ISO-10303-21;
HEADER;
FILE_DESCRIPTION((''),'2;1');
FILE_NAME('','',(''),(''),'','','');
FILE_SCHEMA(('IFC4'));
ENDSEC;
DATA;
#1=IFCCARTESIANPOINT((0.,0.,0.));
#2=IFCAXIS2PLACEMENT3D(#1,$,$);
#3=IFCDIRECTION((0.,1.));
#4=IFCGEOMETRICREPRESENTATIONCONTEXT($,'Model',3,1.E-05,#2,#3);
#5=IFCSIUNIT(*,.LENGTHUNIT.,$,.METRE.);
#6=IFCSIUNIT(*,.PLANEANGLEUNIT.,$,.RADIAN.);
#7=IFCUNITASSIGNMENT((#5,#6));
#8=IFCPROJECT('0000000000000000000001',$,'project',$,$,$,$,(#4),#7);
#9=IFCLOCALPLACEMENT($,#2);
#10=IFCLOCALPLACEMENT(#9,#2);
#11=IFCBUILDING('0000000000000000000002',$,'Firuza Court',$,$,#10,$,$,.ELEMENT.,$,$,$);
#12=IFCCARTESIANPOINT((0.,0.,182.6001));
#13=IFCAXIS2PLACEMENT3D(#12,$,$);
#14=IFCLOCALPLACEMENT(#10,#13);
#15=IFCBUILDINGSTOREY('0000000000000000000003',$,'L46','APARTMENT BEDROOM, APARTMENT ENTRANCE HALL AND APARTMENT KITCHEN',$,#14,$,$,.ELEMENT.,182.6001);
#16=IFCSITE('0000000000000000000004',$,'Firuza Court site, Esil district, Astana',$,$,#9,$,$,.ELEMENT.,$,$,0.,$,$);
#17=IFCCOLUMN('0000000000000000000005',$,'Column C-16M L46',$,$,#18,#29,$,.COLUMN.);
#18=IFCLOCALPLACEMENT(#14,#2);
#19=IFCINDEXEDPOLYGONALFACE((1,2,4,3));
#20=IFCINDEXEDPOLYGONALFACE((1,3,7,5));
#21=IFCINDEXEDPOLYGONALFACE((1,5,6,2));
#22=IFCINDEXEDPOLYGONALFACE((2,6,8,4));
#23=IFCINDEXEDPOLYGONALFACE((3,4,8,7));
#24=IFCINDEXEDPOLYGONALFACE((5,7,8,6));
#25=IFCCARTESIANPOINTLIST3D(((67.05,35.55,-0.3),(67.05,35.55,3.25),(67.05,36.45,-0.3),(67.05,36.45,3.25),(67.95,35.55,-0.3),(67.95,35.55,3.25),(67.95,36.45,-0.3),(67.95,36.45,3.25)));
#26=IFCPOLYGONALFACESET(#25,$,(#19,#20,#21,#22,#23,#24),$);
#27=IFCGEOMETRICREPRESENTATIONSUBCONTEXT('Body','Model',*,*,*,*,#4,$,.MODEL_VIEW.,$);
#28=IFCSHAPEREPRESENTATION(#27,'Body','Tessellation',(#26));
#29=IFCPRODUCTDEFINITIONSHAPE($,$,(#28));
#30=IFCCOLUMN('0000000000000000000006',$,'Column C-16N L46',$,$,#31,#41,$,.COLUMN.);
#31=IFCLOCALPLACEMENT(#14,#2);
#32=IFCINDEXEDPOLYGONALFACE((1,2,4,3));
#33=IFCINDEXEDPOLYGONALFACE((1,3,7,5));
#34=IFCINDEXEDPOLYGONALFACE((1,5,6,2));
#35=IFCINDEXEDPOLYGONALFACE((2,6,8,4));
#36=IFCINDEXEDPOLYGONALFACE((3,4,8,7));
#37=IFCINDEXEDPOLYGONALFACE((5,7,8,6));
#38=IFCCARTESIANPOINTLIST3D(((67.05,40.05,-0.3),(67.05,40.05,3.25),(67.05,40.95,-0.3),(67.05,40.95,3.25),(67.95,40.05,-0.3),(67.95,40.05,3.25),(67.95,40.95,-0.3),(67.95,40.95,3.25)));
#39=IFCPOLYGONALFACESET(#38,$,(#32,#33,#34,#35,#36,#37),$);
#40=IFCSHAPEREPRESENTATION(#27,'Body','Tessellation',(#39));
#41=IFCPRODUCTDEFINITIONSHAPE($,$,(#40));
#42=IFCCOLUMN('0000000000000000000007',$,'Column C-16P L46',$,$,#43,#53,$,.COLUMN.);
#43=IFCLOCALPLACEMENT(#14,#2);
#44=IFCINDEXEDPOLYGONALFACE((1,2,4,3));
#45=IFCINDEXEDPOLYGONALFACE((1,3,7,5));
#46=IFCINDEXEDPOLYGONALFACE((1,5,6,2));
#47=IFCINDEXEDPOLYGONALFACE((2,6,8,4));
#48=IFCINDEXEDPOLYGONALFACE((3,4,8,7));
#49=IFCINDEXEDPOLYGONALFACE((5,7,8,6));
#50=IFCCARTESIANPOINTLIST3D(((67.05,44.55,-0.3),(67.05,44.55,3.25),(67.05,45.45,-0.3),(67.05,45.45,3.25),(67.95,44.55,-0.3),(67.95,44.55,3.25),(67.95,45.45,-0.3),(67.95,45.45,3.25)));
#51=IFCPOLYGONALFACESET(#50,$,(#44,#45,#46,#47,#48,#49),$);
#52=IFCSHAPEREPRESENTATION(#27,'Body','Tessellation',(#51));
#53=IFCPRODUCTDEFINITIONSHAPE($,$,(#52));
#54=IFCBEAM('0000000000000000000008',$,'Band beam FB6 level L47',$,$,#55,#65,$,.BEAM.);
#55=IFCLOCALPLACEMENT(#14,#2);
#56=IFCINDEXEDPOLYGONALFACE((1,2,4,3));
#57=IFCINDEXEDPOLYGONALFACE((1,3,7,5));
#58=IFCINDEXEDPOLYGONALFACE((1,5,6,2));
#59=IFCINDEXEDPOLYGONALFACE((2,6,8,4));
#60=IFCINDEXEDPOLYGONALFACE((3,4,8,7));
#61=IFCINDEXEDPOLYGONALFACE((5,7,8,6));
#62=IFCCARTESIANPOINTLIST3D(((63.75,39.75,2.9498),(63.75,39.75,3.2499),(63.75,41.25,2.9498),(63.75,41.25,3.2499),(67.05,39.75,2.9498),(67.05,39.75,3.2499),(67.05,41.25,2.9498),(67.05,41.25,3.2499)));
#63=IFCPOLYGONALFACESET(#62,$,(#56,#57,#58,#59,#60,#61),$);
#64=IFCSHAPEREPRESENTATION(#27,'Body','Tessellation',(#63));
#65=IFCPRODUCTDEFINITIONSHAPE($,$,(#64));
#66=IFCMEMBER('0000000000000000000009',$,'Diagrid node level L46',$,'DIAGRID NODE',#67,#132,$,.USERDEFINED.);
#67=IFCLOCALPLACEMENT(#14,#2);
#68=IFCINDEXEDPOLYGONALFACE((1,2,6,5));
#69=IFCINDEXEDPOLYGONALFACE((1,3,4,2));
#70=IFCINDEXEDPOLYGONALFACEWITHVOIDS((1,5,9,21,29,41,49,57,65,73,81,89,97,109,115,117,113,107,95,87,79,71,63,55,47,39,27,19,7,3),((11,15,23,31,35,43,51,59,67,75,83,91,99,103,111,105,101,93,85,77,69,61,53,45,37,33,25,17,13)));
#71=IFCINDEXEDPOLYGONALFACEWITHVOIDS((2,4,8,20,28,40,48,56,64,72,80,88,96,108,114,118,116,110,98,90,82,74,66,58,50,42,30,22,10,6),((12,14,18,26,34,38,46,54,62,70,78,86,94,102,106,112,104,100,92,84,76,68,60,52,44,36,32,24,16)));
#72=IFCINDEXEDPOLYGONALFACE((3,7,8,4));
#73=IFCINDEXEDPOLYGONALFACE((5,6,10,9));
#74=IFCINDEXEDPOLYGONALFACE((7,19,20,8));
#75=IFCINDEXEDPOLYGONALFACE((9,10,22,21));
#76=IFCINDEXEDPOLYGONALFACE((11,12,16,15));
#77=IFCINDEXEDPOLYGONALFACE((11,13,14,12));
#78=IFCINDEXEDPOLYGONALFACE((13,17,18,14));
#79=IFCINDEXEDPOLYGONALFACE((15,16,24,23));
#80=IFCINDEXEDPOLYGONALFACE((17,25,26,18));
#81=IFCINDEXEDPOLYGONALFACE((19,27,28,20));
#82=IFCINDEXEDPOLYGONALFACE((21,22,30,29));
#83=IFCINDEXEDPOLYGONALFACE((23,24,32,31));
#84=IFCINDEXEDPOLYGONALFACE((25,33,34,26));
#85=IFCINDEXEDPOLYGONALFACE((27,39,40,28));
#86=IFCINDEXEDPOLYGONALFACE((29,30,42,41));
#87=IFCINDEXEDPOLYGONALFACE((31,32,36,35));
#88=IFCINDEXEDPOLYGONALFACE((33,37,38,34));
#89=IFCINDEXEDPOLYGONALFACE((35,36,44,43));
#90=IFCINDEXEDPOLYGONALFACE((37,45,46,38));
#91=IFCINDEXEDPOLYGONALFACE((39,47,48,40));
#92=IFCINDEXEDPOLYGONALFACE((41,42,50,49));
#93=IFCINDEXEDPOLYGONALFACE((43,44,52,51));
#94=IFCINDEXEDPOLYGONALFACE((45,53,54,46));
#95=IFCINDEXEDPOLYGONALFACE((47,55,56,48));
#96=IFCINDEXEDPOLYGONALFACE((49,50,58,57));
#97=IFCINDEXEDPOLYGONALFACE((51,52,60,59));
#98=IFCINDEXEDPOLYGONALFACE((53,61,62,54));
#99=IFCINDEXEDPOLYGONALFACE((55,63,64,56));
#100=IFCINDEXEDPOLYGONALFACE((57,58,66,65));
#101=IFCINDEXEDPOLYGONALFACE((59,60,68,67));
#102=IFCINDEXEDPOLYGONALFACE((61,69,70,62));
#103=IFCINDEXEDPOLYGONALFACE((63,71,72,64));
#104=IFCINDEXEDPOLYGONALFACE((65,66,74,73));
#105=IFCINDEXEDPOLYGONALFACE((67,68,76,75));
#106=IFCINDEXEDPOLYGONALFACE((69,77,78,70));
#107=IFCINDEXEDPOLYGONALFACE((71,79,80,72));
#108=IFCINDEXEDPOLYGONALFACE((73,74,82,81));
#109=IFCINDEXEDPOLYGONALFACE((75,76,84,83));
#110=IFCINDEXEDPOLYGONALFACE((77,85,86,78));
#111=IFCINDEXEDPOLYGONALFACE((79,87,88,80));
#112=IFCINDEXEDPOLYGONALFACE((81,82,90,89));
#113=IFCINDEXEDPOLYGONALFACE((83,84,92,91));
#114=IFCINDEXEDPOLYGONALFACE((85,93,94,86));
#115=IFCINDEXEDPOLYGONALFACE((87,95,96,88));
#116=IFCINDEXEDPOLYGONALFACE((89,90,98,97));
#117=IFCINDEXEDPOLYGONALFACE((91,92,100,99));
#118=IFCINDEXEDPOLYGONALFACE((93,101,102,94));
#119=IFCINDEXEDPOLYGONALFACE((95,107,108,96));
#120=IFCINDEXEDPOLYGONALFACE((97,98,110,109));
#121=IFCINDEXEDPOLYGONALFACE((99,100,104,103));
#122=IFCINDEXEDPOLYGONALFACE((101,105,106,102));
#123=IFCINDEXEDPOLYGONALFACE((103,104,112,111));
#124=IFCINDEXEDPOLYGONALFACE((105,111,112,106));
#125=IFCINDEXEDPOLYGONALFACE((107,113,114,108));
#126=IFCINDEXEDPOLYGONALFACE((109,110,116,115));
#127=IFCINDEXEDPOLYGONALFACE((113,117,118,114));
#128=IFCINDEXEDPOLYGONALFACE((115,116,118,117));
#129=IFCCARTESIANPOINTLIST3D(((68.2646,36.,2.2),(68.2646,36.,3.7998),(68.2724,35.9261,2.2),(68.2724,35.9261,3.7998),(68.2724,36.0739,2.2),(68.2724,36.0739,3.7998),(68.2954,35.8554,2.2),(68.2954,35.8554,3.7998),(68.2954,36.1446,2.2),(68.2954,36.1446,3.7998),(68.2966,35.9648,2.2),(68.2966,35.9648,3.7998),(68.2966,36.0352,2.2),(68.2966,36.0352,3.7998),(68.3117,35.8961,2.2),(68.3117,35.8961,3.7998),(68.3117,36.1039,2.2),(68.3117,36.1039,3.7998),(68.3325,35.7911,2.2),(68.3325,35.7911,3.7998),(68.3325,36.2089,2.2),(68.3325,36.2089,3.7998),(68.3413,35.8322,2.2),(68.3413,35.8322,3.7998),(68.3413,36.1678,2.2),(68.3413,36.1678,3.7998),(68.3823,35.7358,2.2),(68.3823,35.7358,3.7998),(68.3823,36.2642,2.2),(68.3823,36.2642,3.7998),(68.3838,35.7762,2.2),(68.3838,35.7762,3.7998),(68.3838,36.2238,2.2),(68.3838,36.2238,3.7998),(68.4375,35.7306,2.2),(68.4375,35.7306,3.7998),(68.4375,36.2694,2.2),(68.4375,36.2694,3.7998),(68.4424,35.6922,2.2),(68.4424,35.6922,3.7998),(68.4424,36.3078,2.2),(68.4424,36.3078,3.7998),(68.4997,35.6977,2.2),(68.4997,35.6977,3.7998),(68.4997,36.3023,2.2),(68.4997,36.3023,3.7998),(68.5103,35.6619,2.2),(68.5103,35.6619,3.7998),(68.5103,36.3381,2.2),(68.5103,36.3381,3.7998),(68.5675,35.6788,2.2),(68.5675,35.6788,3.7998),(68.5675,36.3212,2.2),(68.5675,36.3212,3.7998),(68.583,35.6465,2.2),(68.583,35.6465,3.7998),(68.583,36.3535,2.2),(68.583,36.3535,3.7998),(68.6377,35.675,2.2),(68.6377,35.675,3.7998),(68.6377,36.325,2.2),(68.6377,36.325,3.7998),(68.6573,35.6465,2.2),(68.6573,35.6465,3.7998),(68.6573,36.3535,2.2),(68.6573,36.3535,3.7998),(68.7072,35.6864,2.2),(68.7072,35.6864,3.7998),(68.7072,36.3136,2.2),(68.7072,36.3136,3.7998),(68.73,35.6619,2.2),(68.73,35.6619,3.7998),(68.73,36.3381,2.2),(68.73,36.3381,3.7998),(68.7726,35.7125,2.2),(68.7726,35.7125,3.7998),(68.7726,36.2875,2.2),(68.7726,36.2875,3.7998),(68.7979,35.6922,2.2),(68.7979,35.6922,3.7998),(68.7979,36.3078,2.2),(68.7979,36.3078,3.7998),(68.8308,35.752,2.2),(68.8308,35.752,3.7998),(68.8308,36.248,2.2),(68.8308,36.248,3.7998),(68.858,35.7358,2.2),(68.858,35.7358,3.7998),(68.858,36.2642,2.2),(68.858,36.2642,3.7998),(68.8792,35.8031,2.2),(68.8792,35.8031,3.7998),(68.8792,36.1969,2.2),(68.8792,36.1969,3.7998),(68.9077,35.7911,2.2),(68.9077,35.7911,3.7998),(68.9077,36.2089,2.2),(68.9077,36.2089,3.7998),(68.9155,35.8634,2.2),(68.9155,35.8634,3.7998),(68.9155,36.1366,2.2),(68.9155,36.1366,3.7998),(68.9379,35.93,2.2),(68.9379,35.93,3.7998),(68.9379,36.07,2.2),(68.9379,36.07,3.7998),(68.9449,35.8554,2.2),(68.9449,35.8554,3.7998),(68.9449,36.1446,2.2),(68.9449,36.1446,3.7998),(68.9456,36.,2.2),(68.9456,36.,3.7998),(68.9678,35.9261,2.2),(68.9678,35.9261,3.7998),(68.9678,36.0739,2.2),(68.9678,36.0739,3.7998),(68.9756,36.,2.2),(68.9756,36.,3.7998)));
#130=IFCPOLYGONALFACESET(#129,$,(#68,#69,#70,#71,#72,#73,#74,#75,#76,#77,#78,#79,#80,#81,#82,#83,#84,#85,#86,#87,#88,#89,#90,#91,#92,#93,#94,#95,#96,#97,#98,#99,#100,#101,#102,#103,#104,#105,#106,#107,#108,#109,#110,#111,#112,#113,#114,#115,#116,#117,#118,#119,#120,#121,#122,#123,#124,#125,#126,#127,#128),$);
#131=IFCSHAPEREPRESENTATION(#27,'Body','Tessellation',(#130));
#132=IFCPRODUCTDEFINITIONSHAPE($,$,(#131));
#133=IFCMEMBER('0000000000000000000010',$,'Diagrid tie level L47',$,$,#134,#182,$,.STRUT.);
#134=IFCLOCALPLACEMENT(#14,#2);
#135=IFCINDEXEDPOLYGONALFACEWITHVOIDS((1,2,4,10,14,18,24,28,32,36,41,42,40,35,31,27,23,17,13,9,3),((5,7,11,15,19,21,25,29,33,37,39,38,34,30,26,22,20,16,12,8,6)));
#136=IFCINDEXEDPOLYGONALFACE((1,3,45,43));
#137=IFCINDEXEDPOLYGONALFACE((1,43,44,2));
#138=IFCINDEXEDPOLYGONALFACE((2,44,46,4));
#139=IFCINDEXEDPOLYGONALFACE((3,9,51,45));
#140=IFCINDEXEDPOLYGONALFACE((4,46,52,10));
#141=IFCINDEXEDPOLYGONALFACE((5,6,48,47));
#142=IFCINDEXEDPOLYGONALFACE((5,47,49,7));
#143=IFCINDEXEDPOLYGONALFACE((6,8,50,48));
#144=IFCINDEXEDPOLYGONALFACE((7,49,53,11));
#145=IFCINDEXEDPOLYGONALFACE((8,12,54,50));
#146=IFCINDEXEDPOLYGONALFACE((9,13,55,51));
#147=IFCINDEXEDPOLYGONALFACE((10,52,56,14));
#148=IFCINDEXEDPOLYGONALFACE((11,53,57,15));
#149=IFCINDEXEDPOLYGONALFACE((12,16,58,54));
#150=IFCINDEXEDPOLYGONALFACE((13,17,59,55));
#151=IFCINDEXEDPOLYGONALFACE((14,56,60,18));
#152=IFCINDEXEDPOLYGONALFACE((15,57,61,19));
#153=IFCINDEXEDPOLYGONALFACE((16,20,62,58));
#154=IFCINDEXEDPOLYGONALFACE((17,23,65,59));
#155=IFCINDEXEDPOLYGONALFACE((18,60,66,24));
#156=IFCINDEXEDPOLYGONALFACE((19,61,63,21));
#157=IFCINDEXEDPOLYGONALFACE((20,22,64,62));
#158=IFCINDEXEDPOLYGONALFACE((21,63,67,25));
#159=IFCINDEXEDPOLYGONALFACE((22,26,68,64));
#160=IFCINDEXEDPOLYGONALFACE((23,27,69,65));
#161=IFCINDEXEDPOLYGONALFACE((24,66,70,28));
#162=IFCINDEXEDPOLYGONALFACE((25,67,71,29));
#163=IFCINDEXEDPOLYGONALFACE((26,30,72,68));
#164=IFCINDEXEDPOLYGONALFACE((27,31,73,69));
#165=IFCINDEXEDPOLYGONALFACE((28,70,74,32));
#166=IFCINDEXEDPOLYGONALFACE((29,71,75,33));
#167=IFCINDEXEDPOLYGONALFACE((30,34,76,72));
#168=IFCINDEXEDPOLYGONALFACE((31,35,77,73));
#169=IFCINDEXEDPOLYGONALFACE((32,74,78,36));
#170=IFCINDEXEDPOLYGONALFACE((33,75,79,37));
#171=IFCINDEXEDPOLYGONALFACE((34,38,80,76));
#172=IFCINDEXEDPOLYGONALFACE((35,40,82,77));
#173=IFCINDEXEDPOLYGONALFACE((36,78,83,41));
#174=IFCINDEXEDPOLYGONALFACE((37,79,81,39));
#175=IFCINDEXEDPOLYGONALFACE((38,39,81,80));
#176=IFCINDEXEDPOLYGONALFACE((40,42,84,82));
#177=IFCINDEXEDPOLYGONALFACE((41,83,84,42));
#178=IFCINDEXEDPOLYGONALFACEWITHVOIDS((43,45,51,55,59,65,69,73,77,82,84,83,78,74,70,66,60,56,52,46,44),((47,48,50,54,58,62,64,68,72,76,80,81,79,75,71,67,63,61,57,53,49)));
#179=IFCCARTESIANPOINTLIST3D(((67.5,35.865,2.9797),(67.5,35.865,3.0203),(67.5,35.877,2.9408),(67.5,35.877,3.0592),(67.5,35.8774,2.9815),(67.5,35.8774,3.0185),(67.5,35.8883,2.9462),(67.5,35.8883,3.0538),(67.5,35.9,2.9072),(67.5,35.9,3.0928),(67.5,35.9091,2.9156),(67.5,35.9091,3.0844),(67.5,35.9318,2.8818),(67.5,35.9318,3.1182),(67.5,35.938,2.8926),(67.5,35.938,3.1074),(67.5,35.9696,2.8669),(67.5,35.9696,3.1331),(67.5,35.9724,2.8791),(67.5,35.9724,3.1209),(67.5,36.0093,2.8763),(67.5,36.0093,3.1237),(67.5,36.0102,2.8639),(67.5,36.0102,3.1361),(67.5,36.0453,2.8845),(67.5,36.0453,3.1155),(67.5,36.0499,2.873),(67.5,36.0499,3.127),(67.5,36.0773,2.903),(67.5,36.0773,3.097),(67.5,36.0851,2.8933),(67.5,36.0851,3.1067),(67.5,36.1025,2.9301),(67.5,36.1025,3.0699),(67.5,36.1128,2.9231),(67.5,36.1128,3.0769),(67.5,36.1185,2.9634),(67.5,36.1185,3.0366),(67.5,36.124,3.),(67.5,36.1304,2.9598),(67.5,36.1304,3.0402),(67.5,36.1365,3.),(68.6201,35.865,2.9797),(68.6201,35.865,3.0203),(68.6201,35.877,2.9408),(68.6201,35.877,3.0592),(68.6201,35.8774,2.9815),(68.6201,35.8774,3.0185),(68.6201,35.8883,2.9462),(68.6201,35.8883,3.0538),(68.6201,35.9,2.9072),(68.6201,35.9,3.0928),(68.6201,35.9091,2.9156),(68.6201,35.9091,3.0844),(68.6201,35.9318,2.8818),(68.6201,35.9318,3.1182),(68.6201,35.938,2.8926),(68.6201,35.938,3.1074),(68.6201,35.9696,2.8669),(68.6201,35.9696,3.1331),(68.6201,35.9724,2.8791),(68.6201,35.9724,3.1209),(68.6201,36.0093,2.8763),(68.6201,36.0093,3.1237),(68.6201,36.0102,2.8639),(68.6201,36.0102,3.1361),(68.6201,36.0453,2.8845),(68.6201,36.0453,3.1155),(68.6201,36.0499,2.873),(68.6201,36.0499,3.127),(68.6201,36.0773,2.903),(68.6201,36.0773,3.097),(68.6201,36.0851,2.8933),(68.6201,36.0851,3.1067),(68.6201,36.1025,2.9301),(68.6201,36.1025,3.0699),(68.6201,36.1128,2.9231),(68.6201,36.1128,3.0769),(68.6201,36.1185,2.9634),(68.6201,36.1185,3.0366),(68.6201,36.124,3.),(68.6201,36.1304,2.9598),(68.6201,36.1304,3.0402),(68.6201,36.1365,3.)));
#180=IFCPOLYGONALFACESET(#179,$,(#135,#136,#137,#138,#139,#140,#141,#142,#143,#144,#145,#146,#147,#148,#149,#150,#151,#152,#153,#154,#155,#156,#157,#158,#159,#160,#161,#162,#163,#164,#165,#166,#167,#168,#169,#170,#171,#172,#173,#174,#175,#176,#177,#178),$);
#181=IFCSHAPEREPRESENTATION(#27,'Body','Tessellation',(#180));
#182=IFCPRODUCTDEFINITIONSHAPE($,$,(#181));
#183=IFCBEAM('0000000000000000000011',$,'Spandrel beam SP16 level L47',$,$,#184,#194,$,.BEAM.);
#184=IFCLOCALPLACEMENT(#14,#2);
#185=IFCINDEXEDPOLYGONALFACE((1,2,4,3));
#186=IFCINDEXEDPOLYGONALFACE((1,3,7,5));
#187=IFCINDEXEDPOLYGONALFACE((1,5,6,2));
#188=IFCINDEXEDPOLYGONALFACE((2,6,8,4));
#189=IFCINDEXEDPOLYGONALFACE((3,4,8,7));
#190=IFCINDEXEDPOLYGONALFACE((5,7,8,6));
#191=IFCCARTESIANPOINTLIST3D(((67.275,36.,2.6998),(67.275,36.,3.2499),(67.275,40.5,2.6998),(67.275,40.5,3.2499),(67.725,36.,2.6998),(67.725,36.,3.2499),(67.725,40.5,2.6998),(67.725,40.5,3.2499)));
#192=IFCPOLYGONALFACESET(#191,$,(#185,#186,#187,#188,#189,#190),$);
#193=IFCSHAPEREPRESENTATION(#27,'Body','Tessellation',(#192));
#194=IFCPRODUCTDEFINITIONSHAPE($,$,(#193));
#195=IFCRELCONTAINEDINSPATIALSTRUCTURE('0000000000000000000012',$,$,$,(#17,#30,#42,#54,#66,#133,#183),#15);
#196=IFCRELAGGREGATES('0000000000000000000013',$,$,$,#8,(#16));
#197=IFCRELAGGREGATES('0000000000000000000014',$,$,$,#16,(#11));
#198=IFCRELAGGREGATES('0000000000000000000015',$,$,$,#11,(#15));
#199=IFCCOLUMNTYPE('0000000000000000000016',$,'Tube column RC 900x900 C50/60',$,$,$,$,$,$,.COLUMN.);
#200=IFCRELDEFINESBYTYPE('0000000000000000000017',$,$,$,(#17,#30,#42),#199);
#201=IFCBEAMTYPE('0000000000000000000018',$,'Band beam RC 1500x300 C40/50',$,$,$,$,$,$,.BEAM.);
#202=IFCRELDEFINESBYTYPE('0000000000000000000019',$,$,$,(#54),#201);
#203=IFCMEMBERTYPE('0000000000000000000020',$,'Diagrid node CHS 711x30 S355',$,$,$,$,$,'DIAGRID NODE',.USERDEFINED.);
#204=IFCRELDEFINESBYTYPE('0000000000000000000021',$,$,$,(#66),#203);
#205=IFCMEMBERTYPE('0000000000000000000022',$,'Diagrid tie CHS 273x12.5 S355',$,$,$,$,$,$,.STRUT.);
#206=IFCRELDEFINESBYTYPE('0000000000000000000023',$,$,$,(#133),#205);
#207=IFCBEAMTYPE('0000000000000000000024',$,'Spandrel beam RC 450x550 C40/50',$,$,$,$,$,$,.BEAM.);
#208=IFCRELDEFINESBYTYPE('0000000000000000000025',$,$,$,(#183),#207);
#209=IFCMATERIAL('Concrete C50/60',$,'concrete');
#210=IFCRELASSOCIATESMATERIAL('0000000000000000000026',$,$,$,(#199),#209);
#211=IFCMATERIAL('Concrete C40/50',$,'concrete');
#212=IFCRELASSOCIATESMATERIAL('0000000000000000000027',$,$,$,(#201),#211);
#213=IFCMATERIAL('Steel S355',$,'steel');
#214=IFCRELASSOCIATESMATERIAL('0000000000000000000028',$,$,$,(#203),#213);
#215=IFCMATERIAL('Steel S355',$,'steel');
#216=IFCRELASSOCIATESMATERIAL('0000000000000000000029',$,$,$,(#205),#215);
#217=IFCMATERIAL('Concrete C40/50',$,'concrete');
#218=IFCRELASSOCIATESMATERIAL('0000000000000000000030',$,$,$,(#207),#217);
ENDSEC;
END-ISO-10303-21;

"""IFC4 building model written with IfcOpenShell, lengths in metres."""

from ifc_helpers import new_model, si_unit, direction, frame, origin, origin_2d, place, context, subcontext, project, spatial, rectangle, hollow_circle, extrude, material, material_profile, profile_set, type_object, element, save


model = new_model("IFC4")

# Units and contexts
model_context = context("Model", 3, precision=1e-05, world=origin(), true_north=direction((0.0, 1.0)))
body_context = subcontext(model_context, "Body", "Model", "MODEL_VIEW")
ifc_project = project(units=[si_unit("LENGTHUNIT", "METRE"), si_unit("PLANEANGLEUNIT", "RADIAN")], contexts=[model_context])

# Site, building, storey
site_placement = place(None, origin())
site = spatial("IfcSite", under=ifc_project, at=site_placement, Name="Firuza Court site, Esil district, Astana", CompositionType="ELEMENT", RefElevation=0.0)
building_placement = place(site_placement, origin())
building = spatial("IfcBuilding", under=site, at=building_placement, Name="Firuza Court", CompositionType="ELEMENT")
storey_placement = place(building_placement, frame((0.0, 0.0, 182.6001)))
storey = spatial("IfcBuildingStorey", under=building, at=storey_placement, Name="L46", Description="APARTMENT BEDROOM, APARTMENT ENTRANCE HALL AND APARTMENT KITCHEN", CompositionType="ELEMENT", Elevation=182.6001)

# Columns
ifc_material_1 = material(Name="Concrete C50/60", Category="concrete")
ifc_material_profile_1 = material_profile(ifc_material_1, rectangle(XDim=0.8999, YDim=0.8999, at=origin_2d()), Name="RC 900x900")
ifc_profile_set_1 = profile_set([ifc_material_profile_1], Name="Concrete C50/60")
column_type = type_object("IfcColumnType", Name="Tube column RC 900x900 C50/60", PredefinedType="COLUMN", material=ifc_profile_set_1)
for number, where, z_axis, x_axis, name in (
    (1, (67.5, 36.0, -0.3), (0.0, 0.0, 1.0), (1.0, 0.0, 0.0), "Column C-16M L46"),
    (2, (67.5, 40.5, -0.3), (0.0, 0.0, 1.0), (1.0, 0.0, 0.0), "Column C-16N L46"),
    (3, (67.5, 45.0, -0.3), (0.0, 0.0, 1.0), (1.0, 0.0, 0.0), "Column C-16P L46"),
):
    element("IfcColumn", number, at=place(storey_placement, frame(where, z_axis=z_axis, x_axis=x_axis)), inside=storey, type_object=column_type, Name=name, PredefinedType="COLUMN", context=body_context, shape_type="SweptSolid", body=[
        extrude(rectangle(XDim=0.8999, YDim=0.8999, at=origin_2d()), origin(), (0.0, 0.0, 1.0), 3.55),
    ])

# Beam
ifc_material_2 = material(Name="Concrete C40/50", Category="concrete")
ifc_material_profile_2 = material_profile(ifc_material_2, rectangle(XDim=1.5, YDim=0.3, at=origin_2d()), Name="RC 1500x300")
ifc_profile_set_2 = profile_set([ifc_material_profile_2], Name="Concrete C40/50")
beam_type_1 = type_object("IfcBeamType", Name="Band beam RC 1500x300 C40/50", PredefinedType="BEAM", material=ifc_profile_set_2)
beam_placement = place(storey_placement, frame((63.75, 40.5, 3.0999), z_axis=(1.0, 0.0, 0.0), x_axis=(0.0, 1.0, 0.0)))
element("IfcBeam", 4, at=beam_placement, inside=storey, type_object=beam_type_1, Name="Band beam FB6 level L47", PredefinedType="BEAM", context=body_context, shape_type="SweptSolid", body=[
    extrude(rectangle(XDim=1.5, YDim=0.3, at=origin_2d()), origin(), (0.0, 0.0, 1.0), 3.3),
])

# Members
ifc_material_3 = material(Name="Steel S355", Category="steel")
ifc_material_profile_3 = material_profile(ifc_material_3, hollow_circle(Radius=0.3555, WallThickness=0.03, at=origin_2d()), Name="CHS 711x30")
ifc_profile_set_3 = profile_set([ifc_material_profile_3], Name="Steel S355")
member_type_1 = type_object("IfcMemberType", Name="Diagrid node CHS 711x30 S355", ElementType="DIAGRID NODE", PredefinedType="USERDEFINED", material=ifc_profile_set_3)
member_1_placement = place(storey_placement, frame((68.6201, 36.0, 2.2), z_axis=(0.0, 0.0, 1.0), x_axis=(1.0, 0.0, 0.0)))
element("IfcMember", 5, at=member_1_placement, inside=storey, type_object=member_type_1, Name="Diagrid node level L46", ObjectType="DIAGRID NODE", PredefinedType="USERDEFINED", context=body_context, shape_type="SweptSolid", body=[
    extrude(hollow_circle(Radius=0.3555, WallThickness=0.03, at=origin_2d()), origin(), (0.0, 0.0, 1.0), 1.5999),
])
ifc_material_4 = material(Name="Steel S355", Category="steel")
ifc_material_profile_4 = material_profile(ifc_material_4, hollow_circle(Radius=0.1365, WallThickness=0.0125, at=origin_2d()), Name="CHS 273x12.5")
ifc_profile_set_4 = profile_set([ifc_material_profile_4], Name="Steel S355")
member_type_2 = type_object("IfcMemberType", Name="Diagrid tie CHS 273x12.5 S355", PredefinedType="STRUT", material=ifc_profile_set_4)
member_2_placement = place(storey_placement, frame((67.5, 36.0, 3.0), z_axis=(1.0, 0.0, 0.0), x_axis=(0.0, 1.0, 0.0)))
element("IfcMember", 6, at=member_2_placement, inside=storey, type_object=member_type_2, Name="Diagrid tie level L47", PredefinedType="STRUT", context=body_context, shape_type="SweptSolid", body=[
    extrude(hollow_circle(Radius=0.1365, WallThickness=0.0125, at=origin_2d()), origin(), (0.0, 0.0, 1.0), 1.1201),
])

# Beam
ifc_material_5 = material(Name="Concrete C40/50", Category="concrete")
ifc_material_profile_5 = material_profile(ifc_material_5, rectangle(XDim=0.45, YDim=0.55, at=origin_2d()), Name="RC 450x550")
ifc_profile_set_5 = profile_set([ifc_material_profile_5], Name="Concrete C40/50")
beam_type_2 = type_object("IfcBeamType", Name="Spandrel beam RC 450x550 C40/50", PredefinedType="BEAM", material=ifc_profile_set_5)
for number, where, z_axis, x_axis, name in (
    (7, (67.5, 36.0, 2.9749), (0.0, 1.0, 0.0), (-1.0, 0.0, 0.0), "Spandrel beam SP16 level L47"),
):
    element("IfcBeam", number, at=place(storey_placement, frame(where, z_axis=z_axis, x_axis=x_axis)), inside=storey, type_object=beam_type_2, Name=name, PredefinedType="BEAM", context=body_context, shape_type="SweptSolid", body=[
        extrude(rectangle(XDim=0.45, YDim=0.55, at=origin_2d()), origin(), (0.0, 0.0, 1.0), 4.5),
    ])

save(model, "model.ifc")
